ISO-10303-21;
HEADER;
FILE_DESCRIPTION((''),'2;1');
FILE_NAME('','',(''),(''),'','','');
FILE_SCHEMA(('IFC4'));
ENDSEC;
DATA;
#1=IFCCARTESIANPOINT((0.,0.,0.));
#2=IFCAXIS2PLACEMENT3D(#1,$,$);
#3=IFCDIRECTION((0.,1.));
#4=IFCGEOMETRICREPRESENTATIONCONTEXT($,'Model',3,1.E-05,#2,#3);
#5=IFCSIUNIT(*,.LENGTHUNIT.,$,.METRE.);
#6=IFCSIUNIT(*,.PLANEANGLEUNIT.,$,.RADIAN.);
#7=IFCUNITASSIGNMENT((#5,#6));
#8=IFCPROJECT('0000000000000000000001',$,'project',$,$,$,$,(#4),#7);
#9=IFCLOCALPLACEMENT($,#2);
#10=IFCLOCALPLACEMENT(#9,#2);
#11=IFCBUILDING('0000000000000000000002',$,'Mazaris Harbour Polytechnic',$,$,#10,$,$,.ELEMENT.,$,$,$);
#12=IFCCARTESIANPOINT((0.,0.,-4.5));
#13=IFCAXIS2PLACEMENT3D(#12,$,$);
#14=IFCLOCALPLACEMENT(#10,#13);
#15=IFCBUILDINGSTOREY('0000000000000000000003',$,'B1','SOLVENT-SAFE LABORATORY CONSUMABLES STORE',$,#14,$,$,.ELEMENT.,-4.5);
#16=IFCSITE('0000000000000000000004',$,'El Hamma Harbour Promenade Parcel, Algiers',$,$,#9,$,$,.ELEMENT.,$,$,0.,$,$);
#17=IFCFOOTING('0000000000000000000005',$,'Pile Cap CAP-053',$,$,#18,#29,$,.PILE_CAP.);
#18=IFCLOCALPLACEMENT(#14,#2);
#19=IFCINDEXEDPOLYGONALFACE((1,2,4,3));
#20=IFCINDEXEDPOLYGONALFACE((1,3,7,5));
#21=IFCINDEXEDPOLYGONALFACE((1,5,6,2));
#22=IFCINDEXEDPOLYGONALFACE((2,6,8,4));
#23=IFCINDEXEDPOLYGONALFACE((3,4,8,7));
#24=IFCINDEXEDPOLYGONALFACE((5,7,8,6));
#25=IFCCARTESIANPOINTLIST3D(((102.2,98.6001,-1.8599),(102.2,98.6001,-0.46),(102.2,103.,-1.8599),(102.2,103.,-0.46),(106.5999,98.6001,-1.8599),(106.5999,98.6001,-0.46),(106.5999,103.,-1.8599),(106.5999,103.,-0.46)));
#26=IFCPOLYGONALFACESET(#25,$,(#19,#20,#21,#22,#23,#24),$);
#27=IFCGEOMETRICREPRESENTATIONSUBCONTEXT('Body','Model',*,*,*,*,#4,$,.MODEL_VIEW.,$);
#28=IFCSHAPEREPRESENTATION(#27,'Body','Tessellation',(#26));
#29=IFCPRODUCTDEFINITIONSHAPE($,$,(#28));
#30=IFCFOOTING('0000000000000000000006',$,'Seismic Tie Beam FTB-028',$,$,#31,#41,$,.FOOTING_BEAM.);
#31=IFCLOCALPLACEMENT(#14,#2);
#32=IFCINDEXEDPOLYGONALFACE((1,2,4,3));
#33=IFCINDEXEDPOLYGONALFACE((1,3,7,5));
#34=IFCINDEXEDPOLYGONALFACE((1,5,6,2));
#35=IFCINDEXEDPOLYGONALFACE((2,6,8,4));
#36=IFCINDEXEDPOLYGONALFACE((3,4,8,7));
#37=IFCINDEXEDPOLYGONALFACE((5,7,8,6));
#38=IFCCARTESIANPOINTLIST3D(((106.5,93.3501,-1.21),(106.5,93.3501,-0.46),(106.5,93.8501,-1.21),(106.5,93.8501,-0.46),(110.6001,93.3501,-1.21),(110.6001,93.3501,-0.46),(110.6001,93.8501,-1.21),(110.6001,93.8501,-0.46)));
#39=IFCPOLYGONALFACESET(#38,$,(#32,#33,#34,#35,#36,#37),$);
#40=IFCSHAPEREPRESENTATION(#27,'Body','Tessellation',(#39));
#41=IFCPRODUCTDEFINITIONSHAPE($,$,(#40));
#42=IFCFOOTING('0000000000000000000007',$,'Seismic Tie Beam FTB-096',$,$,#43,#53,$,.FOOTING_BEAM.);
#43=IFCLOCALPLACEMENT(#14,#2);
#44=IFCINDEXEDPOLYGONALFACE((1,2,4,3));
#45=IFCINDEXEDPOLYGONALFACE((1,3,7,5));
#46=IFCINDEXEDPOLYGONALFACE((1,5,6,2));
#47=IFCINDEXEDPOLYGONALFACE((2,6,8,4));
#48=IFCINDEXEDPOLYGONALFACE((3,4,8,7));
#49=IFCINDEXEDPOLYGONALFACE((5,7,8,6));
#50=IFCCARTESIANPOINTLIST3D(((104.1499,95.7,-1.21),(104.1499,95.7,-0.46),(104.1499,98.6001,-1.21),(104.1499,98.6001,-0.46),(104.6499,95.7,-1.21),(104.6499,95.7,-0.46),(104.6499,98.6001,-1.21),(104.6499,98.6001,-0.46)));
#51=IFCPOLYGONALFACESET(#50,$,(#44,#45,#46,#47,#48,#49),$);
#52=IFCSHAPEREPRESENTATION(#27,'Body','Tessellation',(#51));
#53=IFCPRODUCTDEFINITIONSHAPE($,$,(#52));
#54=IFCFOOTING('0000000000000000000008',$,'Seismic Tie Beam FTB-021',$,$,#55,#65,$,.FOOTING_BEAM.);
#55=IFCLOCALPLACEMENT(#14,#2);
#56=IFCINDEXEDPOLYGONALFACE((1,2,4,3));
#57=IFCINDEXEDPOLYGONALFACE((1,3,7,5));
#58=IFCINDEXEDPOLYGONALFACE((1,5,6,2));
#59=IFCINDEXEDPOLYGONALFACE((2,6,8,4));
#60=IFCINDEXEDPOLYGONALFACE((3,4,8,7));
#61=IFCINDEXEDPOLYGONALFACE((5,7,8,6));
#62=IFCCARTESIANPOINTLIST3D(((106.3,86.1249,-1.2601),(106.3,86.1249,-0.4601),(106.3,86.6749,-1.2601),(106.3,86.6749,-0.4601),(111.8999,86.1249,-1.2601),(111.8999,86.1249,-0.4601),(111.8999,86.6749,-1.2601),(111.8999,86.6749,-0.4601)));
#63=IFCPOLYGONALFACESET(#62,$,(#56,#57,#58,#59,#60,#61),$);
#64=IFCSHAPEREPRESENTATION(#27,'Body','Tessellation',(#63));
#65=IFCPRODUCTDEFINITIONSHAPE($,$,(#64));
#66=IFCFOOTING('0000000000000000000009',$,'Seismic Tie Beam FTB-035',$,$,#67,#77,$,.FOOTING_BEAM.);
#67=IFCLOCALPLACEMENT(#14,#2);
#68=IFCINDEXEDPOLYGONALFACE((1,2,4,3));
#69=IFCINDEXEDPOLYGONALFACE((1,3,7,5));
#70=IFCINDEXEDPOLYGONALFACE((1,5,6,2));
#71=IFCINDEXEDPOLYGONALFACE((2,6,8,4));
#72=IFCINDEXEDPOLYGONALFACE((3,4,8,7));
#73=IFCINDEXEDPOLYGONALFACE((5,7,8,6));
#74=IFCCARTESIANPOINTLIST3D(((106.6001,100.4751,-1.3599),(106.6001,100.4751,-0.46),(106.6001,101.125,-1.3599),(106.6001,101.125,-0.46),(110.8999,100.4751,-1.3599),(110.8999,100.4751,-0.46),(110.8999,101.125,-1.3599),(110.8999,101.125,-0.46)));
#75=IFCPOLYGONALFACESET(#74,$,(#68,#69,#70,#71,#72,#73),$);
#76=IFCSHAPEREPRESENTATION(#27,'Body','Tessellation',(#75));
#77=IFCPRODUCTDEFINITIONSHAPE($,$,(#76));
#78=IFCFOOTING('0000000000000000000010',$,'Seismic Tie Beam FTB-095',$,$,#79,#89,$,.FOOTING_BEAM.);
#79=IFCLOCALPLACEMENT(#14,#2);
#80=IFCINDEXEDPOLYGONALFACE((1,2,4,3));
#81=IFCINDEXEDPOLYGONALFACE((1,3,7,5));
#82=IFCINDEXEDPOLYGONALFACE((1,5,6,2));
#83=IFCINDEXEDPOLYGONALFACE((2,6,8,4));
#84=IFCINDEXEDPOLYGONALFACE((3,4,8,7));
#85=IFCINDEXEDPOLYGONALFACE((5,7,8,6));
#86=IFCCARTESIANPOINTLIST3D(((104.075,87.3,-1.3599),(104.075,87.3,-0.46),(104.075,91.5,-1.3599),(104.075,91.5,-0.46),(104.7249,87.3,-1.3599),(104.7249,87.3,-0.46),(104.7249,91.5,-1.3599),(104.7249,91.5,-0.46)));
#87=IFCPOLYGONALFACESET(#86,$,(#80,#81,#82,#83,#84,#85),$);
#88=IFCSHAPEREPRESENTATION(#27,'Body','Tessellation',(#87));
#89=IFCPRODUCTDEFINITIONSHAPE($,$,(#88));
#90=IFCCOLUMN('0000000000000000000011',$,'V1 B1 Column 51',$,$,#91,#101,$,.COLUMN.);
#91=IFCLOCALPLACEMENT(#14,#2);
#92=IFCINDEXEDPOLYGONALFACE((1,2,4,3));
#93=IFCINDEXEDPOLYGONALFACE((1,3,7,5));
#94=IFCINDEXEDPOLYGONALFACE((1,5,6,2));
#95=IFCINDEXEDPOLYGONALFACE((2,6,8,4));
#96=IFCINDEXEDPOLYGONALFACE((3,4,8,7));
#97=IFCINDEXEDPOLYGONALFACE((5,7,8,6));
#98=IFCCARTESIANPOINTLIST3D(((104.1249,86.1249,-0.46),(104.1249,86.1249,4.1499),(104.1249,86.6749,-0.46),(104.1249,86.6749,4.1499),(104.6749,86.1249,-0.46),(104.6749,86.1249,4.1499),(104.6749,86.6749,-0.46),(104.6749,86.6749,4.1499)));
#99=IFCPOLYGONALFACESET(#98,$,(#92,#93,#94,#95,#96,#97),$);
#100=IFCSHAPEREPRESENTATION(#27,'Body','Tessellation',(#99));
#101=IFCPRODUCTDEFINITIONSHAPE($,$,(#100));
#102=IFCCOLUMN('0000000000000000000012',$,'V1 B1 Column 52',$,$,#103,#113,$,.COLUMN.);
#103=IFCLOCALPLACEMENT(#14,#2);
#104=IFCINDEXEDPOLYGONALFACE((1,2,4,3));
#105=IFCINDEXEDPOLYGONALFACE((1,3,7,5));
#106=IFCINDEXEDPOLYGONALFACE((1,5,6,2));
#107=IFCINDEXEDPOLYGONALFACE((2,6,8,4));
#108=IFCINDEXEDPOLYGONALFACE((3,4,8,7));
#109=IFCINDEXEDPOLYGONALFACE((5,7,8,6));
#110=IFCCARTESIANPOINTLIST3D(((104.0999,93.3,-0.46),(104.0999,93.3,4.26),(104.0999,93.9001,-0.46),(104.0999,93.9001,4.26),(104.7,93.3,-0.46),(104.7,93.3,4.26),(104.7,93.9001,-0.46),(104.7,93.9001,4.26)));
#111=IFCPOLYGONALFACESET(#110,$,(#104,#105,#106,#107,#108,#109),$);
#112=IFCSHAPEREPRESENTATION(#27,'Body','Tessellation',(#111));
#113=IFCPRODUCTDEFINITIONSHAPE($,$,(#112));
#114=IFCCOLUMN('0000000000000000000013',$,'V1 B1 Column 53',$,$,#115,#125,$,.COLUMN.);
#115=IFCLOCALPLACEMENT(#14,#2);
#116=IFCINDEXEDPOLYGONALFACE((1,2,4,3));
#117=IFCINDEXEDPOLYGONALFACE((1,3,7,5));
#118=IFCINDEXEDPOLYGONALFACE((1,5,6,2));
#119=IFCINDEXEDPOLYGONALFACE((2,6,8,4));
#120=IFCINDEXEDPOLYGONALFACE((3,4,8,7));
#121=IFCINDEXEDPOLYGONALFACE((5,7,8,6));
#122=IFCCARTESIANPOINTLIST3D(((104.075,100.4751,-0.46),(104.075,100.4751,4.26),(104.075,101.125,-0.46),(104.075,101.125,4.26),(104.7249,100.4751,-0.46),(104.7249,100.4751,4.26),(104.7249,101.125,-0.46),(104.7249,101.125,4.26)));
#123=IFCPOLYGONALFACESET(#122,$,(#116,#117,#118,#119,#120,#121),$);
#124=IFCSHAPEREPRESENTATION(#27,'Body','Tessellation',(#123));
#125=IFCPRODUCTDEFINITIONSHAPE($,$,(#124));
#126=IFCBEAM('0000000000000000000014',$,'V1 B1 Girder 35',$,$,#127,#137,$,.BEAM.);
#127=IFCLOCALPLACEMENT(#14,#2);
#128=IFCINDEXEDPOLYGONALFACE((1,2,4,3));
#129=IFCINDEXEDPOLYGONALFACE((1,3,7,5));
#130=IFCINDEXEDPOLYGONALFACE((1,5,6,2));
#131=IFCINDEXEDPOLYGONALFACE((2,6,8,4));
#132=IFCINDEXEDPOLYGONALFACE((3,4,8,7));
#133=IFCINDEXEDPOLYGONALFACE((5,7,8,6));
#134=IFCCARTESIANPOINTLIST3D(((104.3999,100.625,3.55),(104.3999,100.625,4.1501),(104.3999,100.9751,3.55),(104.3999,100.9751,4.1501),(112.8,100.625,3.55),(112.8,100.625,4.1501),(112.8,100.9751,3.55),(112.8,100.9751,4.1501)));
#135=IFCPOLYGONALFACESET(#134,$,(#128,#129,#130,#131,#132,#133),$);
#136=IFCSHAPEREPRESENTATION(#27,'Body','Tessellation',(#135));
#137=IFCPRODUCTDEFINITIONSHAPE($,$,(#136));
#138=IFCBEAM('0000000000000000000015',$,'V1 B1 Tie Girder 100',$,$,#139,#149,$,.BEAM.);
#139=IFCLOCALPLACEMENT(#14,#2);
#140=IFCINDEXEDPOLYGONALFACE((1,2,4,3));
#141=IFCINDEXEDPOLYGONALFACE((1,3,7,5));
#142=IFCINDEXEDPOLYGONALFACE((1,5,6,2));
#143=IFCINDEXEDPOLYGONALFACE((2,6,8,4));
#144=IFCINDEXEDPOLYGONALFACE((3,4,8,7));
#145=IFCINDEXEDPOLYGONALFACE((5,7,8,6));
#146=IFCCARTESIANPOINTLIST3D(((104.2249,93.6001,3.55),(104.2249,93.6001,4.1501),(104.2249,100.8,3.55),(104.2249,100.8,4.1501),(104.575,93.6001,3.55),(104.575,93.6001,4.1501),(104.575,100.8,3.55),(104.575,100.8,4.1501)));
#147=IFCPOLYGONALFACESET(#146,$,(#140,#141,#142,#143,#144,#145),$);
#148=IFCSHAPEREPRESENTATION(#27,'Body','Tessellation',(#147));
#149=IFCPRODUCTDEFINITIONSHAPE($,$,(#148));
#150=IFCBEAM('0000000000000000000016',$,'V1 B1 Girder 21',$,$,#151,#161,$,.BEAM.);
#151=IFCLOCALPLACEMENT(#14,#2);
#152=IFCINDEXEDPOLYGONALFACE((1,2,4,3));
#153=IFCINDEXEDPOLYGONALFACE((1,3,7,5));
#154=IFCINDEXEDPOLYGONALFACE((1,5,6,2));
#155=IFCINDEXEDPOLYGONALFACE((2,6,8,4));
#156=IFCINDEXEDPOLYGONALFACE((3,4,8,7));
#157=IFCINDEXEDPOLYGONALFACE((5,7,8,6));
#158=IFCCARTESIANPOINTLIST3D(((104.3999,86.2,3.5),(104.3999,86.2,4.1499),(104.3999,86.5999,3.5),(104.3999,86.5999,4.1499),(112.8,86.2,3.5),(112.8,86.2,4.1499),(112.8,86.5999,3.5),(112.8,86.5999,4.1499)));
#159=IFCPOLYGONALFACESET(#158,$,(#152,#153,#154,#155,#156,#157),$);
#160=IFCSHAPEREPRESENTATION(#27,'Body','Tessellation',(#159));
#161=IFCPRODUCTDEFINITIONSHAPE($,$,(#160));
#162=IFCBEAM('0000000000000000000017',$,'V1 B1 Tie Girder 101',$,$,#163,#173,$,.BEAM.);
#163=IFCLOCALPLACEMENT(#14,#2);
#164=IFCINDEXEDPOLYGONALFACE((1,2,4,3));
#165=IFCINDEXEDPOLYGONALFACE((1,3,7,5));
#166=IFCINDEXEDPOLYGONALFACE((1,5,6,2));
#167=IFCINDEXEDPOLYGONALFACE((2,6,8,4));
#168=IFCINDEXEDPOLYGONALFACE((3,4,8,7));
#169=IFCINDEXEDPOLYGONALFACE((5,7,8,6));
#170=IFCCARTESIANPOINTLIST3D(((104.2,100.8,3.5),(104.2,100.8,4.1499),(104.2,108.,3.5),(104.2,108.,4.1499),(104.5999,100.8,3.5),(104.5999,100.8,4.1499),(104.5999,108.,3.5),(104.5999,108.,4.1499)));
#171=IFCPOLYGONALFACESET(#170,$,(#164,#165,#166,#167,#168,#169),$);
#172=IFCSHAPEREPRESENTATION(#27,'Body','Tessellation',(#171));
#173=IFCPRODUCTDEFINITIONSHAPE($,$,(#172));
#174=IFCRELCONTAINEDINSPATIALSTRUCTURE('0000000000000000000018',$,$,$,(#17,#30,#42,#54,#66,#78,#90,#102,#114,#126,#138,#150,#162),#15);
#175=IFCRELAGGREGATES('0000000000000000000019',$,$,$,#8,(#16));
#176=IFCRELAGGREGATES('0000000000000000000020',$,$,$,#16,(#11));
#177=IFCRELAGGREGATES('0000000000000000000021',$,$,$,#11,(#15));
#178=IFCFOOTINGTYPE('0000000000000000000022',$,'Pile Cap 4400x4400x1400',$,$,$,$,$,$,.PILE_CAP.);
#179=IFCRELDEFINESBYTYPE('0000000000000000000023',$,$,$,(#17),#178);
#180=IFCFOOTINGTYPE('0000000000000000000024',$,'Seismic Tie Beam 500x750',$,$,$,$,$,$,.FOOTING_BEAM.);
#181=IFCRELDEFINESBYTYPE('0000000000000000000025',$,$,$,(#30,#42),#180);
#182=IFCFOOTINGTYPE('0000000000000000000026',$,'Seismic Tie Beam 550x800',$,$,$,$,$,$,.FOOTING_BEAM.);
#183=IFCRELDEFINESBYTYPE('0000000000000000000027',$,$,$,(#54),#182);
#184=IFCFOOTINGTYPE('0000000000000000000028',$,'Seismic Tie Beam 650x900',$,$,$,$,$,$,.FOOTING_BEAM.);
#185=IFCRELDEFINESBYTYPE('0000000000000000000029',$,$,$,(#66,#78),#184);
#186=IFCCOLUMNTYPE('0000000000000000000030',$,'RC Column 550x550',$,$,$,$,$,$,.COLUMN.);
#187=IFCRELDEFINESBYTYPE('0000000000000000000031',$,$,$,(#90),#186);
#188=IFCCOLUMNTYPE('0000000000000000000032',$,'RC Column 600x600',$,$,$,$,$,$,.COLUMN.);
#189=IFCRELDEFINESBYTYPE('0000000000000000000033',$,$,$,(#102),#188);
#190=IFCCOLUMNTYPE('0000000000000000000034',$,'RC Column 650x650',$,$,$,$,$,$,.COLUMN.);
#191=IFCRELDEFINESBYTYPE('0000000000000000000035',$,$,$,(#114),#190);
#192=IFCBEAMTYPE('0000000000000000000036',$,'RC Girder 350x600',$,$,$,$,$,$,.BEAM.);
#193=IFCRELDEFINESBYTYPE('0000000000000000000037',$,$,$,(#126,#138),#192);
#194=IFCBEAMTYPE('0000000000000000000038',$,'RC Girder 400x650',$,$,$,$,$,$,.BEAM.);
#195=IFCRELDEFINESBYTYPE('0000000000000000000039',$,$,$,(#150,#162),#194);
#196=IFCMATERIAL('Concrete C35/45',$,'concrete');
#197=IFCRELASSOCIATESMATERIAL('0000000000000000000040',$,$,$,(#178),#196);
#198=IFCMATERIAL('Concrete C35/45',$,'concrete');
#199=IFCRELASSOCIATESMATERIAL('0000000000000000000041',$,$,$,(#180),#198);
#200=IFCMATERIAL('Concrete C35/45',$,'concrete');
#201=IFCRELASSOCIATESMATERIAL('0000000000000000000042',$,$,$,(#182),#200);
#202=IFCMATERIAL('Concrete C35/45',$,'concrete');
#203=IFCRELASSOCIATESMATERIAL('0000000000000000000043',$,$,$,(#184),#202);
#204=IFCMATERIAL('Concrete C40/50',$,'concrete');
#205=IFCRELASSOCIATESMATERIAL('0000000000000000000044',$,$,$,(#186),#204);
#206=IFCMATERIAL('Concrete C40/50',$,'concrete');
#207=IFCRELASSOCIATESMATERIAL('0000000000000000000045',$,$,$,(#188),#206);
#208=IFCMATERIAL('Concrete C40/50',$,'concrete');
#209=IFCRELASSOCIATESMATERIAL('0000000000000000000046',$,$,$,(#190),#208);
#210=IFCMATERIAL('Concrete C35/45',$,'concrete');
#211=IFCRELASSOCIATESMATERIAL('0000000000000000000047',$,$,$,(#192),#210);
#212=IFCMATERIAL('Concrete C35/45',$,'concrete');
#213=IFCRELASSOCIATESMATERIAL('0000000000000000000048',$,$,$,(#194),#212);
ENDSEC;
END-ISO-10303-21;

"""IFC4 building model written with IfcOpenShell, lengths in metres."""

from ifc_helpers import new_model, si_unit, direction, frame, origin, origin_2d, place, context, subcontext, project, spatial, rectangle, extrude, material, material_profile, profile_set, type_object, element, save


model = new_model("IFC4")

# Units and contexts
model_context = context("Model", 3, precision=1e-05, world=origin(), true_north=direction((0.0, 1.0)))
body_context = subcontext(model_context, "Body", "Model", "MODEL_VIEW")
ifc_project = project(units=[si_unit("LENGTHUNIT", "METRE"), si_unit("PLANEANGLEUNIT", "RADIAN")], contexts=[model_context])

# Site, building, storey
site_placement = place(None, origin())
site = spatial("IfcSite", under=ifc_project, at=site_placement, Name="El Hamma Harbour Promenade Parcel, Algiers", CompositionType="ELEMENT", RefElevation=0.0)
building_placement = place(site_placement, origin())
building = spatial("IfcBuilding", under=site, at=building_placement, Name="Mazaris Harbour Polytechnic", CompositionType="ELEMENT")
storey_placement = place(building_placement, frame((0.0, 0.0, -4.5)))
storey = spatial("IfcBuildingStorey", under=building, at=storey_placement, Name="B1", Description="SOLVENT-SAFE LABORATORY CONSUMABLES STORE", CompositionType="ELEMENT", Elevation=-4.5)

# Footings
ifc_material_1 = material(Name="Concrete C35/45", Category="concrete")
footing_type_1 = type_object("IfcFootingType", Name="Pile Cap 4400x4400x1400", PredefinedType="PILE_CAP", material=ifc_material_1)
footing_1_placement = place(storey_placement, frame((104.3999, 100.8, -1.8599), z_axis=(0.0, 0.0, 1.0), x_axis=(1.0, 0.0, 0.0)))
element("IfcFooting", 1, at=footing_1_placement, inside=storey, type_object=footing_type_1, Name="Pile Cap CAP-053", PredefinedType="PILE_CAP", context=body_context, shape_type="SweptSolid", body=[
    extrude(rectangle(XDim=4.3999, YDim=4.3999, at=origin_2d()), origin(), (0.0, 0.0, 1.0), 1.3999),
])
ifc_material_2 = material(Name="Concrete C35/45", Category="concrete")
ifc_material_profile_1 = material_profile(ifc_material_2, rectangle(XDim=0.5, YDim=0.75, at=origin_2d()), Name="RECT500x750")
ifc_profile_set_1 = profile_set([ifc_material_profile_1], Name="Concrete C35/45")
footing_type_2 = type_object("IfcFootingType", Name="Seismic Tie Beam 500x750", PredefinedType="FOOTING_BEAM", material=ifc_profile_set_1)
footing_2_placement = place(storey_placement, frame((106.5, 93.6001, -0.835), z_axis=(1.0, 0.0, 0.0), x_axis=(0.0, 1.0, 0.0)))
element("IfcFooting", 2, at=footing_2_placement, inside=storey, type_object=footing_type_2, Name="Seismic Tie Beam FTB-028", PredefinedType="FOOTING_BEAM", context=body_context, shape_type="SweptSolid", body=[
    extrude(rectangle(XDim=0.5, YDim=0.75, at=origin_2d()), origin(), (0.0, 0.0, 1.0), 4.1001),
])
footing_3_placement = place(storey_placement, frame((104.3999, 95.7, -0.835), z_axis=(0.0, 1.0, 0.0), x_axis=(-1.0, 0.0, 0.0)))
element("IfcFooting", 3, at=footing_3_placement, inside=storey, type_object=footing_type_2, Name="Seismic Tie Beam FTB-096", PredefinedType="FOOTING_BEAM", context=body_context, shape_type="SweptSolid", body=[
    extrude(rectangle(XDim=0.5, YDim=0.75, at=origin_2d()), origin(), (0.0, 0.0, 1.0), 2.9001),
])
ifc_material_3 = material(Name="Concrete C35/45", Category="concrete")
ifc_material_profile_2 = material_profile(ifc_material_3, rectangle(XDim=0.55, YDim=0.8, at=origin_2d()), Name="RECT550x800")
ifc_profile_set_2 = profile_set([ifc_material_profile_2], Name="Concrete C35/45")
footing_type_3 = type_object("IfcFootingType", Name="Seismic Tie Beam 550x800", PredefinedType="FOOTING_BEAM", material=ifc_profile_set_2)
footing_4_placement = place(storey_placement, frame((106.3, 86.3999, -0.8601), z_axis=(1.0, 0.0, 0.0), x_axis=(0.0, 1.0, 0.0)))
element("IfcFooting", 4, at=footing_4_placement, inside=storey, type_object=footing_type_3, Name="Seismic Tie Beam FTB-021", PredefinedType="FOOTING_BEAM", context=body_context, shape_type="SweptSolid", body=[
    extrude(rectangle(XDim=0.55, YDim=0.8, at=origin_2d()), origin(), (0.0, 0.0, 1.0), 5.5999),
])
ifc_material_4 = material(Name="Concrete C35/45", Category="concrete")
ifc_material_profile_3 = material_profile(ifc_material_4, rectangle(XDim=0.6499, YDim=0.8999, at=origin_2d()), Name="RECT650x900")
ifc_profile_set_3 = profile_set([ifc_material_profile_3], Name="Concrete C35/45")
footing_type_4 = type_object("IfcFootingType", Name="Seismic Tie Beam 650x900", PredefinedType="FOOTING_BEAM", material=ifc_profile_set_3)
footing_5_placement = place(storey_placement, frame((106.6001, 100.8, -0.9099), z_axis=(1.0, 0.0, 0.0), x_axis=(0.0, 1.0, 0.0)))
element("IfcFooting", 5, at=footing_5_placement, inside=storey, type_object=footing_type_4, Name="Seismic Tie Beam FTB-035", PredefinedType="FOOTING_BEAM", context=body_context, shape_type="SweptSolid", body=[
    extrude(rectangle(XDim=0.6499, YDim=0.8999, at=origin_2d()), origin(), (0.0, 0.0, 1.0), 4.2998),
])
footing_6_placement = place(storey_placement, frame((104.3999, 87.3, -0.9099), z_axis=(0.0, 1.0, 0.0), x_axis=(-1.0, 0.0, 0.0)))
element("IfcFooting", 6, at=footing_6_placement, inside=storey, type_object=footing_type_4, Name="Seismic Tie Beam FTB-095", PredefinedType="FOOTING_BEAM", context=body_context, shape_type="SweptSolid", body=[
    extrude(rectangle(XDim=0.6499, YDim=0.8999, at=origin_2d()), origin(), (0.0, 0.0, 1.0), 4.2),
])

# Columns
ifc_material_5 = material(Name="Concrete C40/50", Category="concrete")
ifc_material_profile_4 = material_profile(ifc_material_5, rectangle(XDim=0.55, YDim=0.55, at=origin_2d()), Name="RECT550x550")
ifc_profile_set_4 = profile_set([ifc_material_profile_4], Name="Concrete C40/50")
column_type_1 = type_object("IfcColumnType", Name="RC Column 550x550", PredefinedType="COLUMN", material=ifc_profile_set_4)
column_1_placement = place(storey_placement, frame((104.3999, 86.3999, -0.46), z_axis=(0.0, 0.0, 1.0), x_axis=(1.0, 0.0, 0.0)))
element("IfcColumn", 7, at=column_1_placement, inside=storey, type_object=column_type_1, Name="V1 B1 Column 51", PredefinedType="COLUMN", context=body_context, shape_type="SweptSolid", body=[
    extrude(rectangle(XDim=0.55, YDim=0.55, at=origin_2d()), origin(), (0.0, 0.0, 1.0), 4.6099),
])
ifc_material_6 = material(Name="Concrete C40/50", Category="concrete")
ifc_material_profile_5 = material_profile(ifc_material_6, rectangle(XDim=0.6001, YDim=0.6001, at=origin_2d()), Name="RECT600x600")
ifc_profile_set_5 = profile_set([ifc_material_profile_5], Name="Concrete C40/50")
column_type_2 = type_object("IfcColumnType", Name="RC Column 600x600", PredefinedType="COLUMN", material=ifc_profile_set_5)
column_2_placement = place(storey_placement, frame((104.3999, 93.6001, -0.46), z_axis=(0.0, 0.0, 1.0), x_axis=(1.0, 0.0, 0.0)))
element("IfcColumn", 8, at=column_2_placement, inside=storey, type_object=column_type_2, Name="V1 B1 Column 52", PredefinedType="COLUMN", context=body_context, shape_type="SweptSolid", body=[
    extrude(rectangle(XDim=0.6001, YDim=0.6001, at=origin_2d()), origin(), (0.0, 0.0, 1.0), 4.72),
])
ifc_material_7 = material(Name="Concrete C40/50", Category="concrete")
ifc_material_profile_6 = material_profile(ifc_material_7, rectangle(XDim=0.6499, YDim=0.6499, at=origin_2d()), Name="RECT650x650")
ifc_profile_set_6 = profile_set([ifc_material_profile_6], Name="Concrete C40/50")
column_type_3 = type_object("IfcColumnType", Name="RC Column 650x650", PredefinedType="COLUMN", material=ifc_profile_set_6)
column_3_placement = place(storey_placement, frame((104.3999, 100.8, -0.46), z_axis=(0.0, 0.0, 1.0), x_axis=(1.0, 0.0, 0.0)))
element("IfcColumn", 9, at=column_3_placement, inside=storey, type_object=column_type_3, Name="V1 B1 Column 53", PredefinedType="COLUMN", context=body_context, shape_type="SweptSolid", body=[
    extrude(rectangle(XDim=0.6499, YDim=0.6499, at=origin_2d()), origin(), (0.0, 0.0, 1.0), 4.72),
])

# Beams
ifc_material_8 = material(Name="Concrete C35/45", Category="concrete")
ifc_material_profile_7 = material_profile(ifc_material_8, rectangle(XDim=0.3501, YDim=0.6001, at=origin_2d()), Name="RECT350x600")
ifc_profile_set_7 = profile_set([ifc_material_profile_7], Name="Concrete C35/45")
beam_type_1 = type_object("IfcBeamType", Name="RC Girder 350x600", PredefinedType="BEAM", material=ifc_profile_set_7)
beam_1_placement = place(storey_placement, frame((104.3999, 100.8, 3.8501), z_axis=(1.0, 0.0, 0.0), x_axis=(0.0, 1.0, 0.0)))
element("IfcBeam", 10, at=beam_1_placement, inside=storey, type_object=beam_type_1, Name="V1 B1 Girder 35", PredefinedType="BEAM", context=body_context, shape_type="SweptSolid", body=[
    extrude(rectangle(XDim=0.3501, YDim=0.6001, at=origin_2d()), origin(), (0.0, 0.0, 1.0), 8.4001),
])
beam_2_placement = place(storey_placement, frame((104.3999, 93.6001, 3.8501), z_axis=(0.0, 1.0, 0.0), x_axis=(-1.0, 0.0, 0.0)))
element("IfcBeam", 11, at=beam_2_placement, inside=storey, type_object=beam_type_1, Name="V1 B1 Tie Girder 100", PredefinedType="BEAM", context=body_context, shape_type="SweptSolid", body=[
    extrude(rectangle(XDim=0.3501, YDim=0.6001, at=origin_2d()), origin(), (0.0, 0.0, 1.0), 7.2),
])
ifc_material_9 = material(Name="Concrete C35/45", Category="concrete")
ifc_material_profile_8 = material_profile(ifc_material_9, rectangle(XDim=0.3999, YDim=0.6499, at=origin_2d()), Name="RECT400x650")
ifc_profile_set_8 = profile_set([ifc_material_profile_8], Name="Concrete C35/45")
beam_type_2 = type_object("IfcBeamType", Name="RC Girder 400x650", PredefinedType="BEAM", material=ifc_profile_set_8)
beam_3_placement = place(storey_placement, frame((104.3999, 86.3999, 3.825), z_axis=(1.0, 0.0, 0.0), x_axis=(0.0, 1.0, 0.0)))
element("IfcBeam", 12, at=beam_3_placement, inside=storey, type_object=beam_type_2, Name="V1 B1 Girder 21", PredefinedType="BEAM", context=body_context, shape_type="SweptSolid", body=[
    extrude(rectangle(XDim=0.3999, YDim=0.6499, at=origin_2d()), origin(), (0.0, 0.0, 1.0), 8.4001),
])
beam_4_placement = place(storey_placement, frame((104.3999, 100.8, 3.825), z_axis=(0.0, 1.0, 0.0), x_axis=(-1.0, 0.0, 0.0)))
element("IfcBeam", 13, at=beam_4_placement, inside=storey, type_object=beam_type_2, Name="V1 B1 Tie Girder 101", PredefinedType="BEAM", context=body_context, shape_type="SweptSolid", body=[
    extrude(rectangle(XDim=0.3999, YDim=0.6499, at=origin_2d()), origin(), (0.0, 0.0, 1.0), 7.2),
])

save(model, "model.ifc")
